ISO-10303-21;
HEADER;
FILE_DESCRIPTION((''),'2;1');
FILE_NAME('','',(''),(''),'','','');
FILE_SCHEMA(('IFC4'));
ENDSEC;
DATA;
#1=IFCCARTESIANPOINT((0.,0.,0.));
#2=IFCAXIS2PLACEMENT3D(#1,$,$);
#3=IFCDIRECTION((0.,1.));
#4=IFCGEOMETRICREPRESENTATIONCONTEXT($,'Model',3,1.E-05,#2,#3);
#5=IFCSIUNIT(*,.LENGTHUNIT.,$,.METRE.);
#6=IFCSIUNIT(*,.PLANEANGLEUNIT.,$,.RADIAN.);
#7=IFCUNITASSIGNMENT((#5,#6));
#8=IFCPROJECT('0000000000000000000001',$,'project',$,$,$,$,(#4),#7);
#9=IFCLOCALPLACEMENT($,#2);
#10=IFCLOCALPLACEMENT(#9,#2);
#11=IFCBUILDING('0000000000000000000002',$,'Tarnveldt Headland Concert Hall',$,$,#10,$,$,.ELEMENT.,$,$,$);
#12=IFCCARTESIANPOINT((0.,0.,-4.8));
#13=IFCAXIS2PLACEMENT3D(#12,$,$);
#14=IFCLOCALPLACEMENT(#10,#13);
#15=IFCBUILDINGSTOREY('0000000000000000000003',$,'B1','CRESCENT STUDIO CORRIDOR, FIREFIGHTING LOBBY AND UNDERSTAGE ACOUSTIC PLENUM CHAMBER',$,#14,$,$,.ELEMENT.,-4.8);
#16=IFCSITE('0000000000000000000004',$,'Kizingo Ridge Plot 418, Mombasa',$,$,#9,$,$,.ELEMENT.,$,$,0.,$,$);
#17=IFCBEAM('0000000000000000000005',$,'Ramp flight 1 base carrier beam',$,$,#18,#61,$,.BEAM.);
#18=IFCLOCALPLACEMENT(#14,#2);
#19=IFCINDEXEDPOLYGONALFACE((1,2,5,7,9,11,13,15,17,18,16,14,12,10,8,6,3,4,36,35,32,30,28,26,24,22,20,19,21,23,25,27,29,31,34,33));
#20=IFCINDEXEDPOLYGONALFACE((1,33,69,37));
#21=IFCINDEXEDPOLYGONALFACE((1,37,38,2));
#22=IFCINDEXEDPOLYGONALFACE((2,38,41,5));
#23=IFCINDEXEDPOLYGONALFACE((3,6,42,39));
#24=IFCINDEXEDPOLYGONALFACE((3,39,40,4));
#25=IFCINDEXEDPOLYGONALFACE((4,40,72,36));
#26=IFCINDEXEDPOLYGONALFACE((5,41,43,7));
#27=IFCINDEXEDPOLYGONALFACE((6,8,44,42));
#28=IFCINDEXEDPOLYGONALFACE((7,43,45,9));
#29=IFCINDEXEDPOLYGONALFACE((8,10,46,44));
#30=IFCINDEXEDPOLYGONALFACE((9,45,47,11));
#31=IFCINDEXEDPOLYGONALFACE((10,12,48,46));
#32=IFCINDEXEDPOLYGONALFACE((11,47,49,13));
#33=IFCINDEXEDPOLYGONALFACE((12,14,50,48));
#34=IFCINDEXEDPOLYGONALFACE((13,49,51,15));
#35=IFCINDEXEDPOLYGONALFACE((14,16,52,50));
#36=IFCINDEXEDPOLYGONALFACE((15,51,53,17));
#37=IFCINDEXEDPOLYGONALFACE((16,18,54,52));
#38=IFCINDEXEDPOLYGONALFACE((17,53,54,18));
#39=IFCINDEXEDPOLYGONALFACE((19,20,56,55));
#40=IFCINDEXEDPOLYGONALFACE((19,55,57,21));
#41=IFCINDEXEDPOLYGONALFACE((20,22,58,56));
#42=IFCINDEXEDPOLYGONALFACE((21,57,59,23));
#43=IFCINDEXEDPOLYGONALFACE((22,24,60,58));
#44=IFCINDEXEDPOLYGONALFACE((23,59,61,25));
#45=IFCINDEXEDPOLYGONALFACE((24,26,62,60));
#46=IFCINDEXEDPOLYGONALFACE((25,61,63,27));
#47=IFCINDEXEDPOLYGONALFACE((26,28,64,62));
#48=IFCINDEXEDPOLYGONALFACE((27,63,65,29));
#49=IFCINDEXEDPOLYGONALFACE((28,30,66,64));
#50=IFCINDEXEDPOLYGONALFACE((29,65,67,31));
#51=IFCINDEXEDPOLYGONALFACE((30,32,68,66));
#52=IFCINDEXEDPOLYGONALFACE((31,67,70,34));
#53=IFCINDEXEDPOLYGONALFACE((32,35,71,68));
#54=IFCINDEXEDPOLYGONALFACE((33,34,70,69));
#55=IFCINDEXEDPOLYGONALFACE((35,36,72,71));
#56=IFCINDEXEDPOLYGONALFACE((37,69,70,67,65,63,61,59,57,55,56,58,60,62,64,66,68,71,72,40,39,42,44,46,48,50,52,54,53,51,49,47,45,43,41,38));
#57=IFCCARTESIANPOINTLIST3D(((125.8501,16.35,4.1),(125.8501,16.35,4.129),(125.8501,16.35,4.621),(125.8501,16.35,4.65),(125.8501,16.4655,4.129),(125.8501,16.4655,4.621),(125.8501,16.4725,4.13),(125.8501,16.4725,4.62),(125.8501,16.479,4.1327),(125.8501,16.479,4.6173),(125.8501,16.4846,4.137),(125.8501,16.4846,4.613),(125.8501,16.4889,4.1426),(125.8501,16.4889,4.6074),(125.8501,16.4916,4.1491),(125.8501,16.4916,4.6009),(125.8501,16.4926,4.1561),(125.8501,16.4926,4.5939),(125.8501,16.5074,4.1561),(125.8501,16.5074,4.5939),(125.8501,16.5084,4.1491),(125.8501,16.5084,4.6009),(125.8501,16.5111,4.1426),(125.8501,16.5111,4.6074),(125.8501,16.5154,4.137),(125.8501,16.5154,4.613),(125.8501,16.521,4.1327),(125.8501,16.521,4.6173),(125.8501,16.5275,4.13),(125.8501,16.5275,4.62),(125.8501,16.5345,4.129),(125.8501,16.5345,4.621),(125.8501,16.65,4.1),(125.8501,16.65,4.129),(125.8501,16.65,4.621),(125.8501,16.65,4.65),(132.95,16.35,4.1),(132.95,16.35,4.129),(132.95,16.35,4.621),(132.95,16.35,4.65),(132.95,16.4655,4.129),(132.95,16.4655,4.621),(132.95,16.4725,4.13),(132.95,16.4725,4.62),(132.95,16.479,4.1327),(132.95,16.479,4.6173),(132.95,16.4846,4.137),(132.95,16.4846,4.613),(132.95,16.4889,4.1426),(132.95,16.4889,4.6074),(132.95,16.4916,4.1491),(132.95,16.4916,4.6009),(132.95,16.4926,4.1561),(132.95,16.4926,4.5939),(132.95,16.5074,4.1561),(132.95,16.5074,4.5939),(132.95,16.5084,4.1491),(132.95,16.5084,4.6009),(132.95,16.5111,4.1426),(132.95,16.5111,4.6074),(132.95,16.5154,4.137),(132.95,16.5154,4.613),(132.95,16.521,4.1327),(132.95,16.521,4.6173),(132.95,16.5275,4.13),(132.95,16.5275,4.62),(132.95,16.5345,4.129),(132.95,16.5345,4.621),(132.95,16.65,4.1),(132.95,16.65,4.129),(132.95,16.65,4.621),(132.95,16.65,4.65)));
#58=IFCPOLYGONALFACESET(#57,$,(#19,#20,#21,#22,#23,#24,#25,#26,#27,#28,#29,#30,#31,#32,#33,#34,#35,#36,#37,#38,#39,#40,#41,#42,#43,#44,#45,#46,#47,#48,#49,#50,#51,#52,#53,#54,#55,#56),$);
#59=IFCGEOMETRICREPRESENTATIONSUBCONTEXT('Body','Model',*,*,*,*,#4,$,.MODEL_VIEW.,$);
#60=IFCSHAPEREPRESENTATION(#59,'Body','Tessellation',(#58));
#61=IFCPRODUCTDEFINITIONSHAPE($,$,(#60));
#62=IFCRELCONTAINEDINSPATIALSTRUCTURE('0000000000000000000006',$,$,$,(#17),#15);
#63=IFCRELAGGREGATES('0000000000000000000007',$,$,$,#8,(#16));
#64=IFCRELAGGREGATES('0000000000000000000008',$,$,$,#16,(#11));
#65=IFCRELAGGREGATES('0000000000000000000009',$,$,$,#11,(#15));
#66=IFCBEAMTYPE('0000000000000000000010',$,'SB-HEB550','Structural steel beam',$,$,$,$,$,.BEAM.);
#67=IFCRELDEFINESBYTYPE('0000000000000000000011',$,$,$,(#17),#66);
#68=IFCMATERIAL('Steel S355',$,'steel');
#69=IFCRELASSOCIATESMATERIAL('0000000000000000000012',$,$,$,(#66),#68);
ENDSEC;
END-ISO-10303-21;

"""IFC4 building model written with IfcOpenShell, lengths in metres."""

from ifc_helpers import new_model, si_unit, direction, frame, origin, origin_2d, place, context, subcontext, project, spatial, i_section, extrude, material, material_profile, profile_set, type_object, element, save


model = new_model("IFC4")

# Units and contexts
model_context = context("Model", 3, precision=1e-05, world=origin(), true_north=direction((0.0, 1.0)))
body_context = subcontext(model_context, "Body", "Model", "MODEL_VIEW")
ifc_project = project(units=[si_unit("LENGTHUNIT", "METRE"), si_unit("PLANEANGLEUNIT", "RADIAN")], contexts=[model_context])

# Site, building, storey
site_placement = place(None, origin())
site = spatial("IfcSite", under=ifc_project, at=site_placement, Name="Kizingo Ridge Plot 418, Mombasa", CompositionType="ELEMENT", RefElevation=0.0)
building_placement = place(site_placement, origin())
building = spatial("IfcBuilding", under=site, at=building_placement, Name="Tarnveldt Headland Concert Hall", CompositionType="ELEMENT")
storey_placement = place(building_placement, frame((0.0, 0.0, -4.8)))
storey = spatial("IfcBuildingStorey", under=building, at=storey_placement, Name="B1", Description="CRESCENT STUDIO CORRIDOR, FIREFIGHTING LOBBY AND UNDERSTAGE ACOUSTIC PLENUM CHAMBER", CompositionType="ELEMENT", Elevation=-4.8)

# Beam
ifc_material_1 = material(Name="Steel S355", Category="steel")
ifc_material_profile_1 = material_profile(ifc_material_1, i_section(OverallWidth=0.3, OverallDepth=0.55, WebThickness=0.0149, FlangeThickness=0.0291, FilletRadius=0.0271, at=origin_2d()), Name="HEB550", Category="steel")
ifc_profile_set_1 = profile_set([ifc_material_profile_1], Name="Steel S355")
beam_type_1 = type_object("IfcBeamType", Name="SB-HEB550", Description="Structural steel beam", PredefinedType="BEAM", material=ifc_profile_set_1)
beam_1_placement = place(storey_placement, frame((125.8501, 16.5, 4.375), z_axis=(1.0, 0.0, 0.0), x_axis=(0.0, 1.0, 0.0)))
element("IfcBeam", 1, at=beam_1_placement, inside=storey, type_object=beam_type_1, Name="Ramp flight 1 base carrier beam", PredefinedType="BEAM", context=body_context, shape_type="SweptSolid", body=[
    extrude(i_section(OverallWidth=0.3, OverallDepth=0.55, WebThickness=0.0149, FlangeThickness=0.0291, FilletRadius=0.0271, at=origin_2d()), origin(), (0.0, 0.0, 1.0), 7.0999),
])

save(model, "model.ifc")
